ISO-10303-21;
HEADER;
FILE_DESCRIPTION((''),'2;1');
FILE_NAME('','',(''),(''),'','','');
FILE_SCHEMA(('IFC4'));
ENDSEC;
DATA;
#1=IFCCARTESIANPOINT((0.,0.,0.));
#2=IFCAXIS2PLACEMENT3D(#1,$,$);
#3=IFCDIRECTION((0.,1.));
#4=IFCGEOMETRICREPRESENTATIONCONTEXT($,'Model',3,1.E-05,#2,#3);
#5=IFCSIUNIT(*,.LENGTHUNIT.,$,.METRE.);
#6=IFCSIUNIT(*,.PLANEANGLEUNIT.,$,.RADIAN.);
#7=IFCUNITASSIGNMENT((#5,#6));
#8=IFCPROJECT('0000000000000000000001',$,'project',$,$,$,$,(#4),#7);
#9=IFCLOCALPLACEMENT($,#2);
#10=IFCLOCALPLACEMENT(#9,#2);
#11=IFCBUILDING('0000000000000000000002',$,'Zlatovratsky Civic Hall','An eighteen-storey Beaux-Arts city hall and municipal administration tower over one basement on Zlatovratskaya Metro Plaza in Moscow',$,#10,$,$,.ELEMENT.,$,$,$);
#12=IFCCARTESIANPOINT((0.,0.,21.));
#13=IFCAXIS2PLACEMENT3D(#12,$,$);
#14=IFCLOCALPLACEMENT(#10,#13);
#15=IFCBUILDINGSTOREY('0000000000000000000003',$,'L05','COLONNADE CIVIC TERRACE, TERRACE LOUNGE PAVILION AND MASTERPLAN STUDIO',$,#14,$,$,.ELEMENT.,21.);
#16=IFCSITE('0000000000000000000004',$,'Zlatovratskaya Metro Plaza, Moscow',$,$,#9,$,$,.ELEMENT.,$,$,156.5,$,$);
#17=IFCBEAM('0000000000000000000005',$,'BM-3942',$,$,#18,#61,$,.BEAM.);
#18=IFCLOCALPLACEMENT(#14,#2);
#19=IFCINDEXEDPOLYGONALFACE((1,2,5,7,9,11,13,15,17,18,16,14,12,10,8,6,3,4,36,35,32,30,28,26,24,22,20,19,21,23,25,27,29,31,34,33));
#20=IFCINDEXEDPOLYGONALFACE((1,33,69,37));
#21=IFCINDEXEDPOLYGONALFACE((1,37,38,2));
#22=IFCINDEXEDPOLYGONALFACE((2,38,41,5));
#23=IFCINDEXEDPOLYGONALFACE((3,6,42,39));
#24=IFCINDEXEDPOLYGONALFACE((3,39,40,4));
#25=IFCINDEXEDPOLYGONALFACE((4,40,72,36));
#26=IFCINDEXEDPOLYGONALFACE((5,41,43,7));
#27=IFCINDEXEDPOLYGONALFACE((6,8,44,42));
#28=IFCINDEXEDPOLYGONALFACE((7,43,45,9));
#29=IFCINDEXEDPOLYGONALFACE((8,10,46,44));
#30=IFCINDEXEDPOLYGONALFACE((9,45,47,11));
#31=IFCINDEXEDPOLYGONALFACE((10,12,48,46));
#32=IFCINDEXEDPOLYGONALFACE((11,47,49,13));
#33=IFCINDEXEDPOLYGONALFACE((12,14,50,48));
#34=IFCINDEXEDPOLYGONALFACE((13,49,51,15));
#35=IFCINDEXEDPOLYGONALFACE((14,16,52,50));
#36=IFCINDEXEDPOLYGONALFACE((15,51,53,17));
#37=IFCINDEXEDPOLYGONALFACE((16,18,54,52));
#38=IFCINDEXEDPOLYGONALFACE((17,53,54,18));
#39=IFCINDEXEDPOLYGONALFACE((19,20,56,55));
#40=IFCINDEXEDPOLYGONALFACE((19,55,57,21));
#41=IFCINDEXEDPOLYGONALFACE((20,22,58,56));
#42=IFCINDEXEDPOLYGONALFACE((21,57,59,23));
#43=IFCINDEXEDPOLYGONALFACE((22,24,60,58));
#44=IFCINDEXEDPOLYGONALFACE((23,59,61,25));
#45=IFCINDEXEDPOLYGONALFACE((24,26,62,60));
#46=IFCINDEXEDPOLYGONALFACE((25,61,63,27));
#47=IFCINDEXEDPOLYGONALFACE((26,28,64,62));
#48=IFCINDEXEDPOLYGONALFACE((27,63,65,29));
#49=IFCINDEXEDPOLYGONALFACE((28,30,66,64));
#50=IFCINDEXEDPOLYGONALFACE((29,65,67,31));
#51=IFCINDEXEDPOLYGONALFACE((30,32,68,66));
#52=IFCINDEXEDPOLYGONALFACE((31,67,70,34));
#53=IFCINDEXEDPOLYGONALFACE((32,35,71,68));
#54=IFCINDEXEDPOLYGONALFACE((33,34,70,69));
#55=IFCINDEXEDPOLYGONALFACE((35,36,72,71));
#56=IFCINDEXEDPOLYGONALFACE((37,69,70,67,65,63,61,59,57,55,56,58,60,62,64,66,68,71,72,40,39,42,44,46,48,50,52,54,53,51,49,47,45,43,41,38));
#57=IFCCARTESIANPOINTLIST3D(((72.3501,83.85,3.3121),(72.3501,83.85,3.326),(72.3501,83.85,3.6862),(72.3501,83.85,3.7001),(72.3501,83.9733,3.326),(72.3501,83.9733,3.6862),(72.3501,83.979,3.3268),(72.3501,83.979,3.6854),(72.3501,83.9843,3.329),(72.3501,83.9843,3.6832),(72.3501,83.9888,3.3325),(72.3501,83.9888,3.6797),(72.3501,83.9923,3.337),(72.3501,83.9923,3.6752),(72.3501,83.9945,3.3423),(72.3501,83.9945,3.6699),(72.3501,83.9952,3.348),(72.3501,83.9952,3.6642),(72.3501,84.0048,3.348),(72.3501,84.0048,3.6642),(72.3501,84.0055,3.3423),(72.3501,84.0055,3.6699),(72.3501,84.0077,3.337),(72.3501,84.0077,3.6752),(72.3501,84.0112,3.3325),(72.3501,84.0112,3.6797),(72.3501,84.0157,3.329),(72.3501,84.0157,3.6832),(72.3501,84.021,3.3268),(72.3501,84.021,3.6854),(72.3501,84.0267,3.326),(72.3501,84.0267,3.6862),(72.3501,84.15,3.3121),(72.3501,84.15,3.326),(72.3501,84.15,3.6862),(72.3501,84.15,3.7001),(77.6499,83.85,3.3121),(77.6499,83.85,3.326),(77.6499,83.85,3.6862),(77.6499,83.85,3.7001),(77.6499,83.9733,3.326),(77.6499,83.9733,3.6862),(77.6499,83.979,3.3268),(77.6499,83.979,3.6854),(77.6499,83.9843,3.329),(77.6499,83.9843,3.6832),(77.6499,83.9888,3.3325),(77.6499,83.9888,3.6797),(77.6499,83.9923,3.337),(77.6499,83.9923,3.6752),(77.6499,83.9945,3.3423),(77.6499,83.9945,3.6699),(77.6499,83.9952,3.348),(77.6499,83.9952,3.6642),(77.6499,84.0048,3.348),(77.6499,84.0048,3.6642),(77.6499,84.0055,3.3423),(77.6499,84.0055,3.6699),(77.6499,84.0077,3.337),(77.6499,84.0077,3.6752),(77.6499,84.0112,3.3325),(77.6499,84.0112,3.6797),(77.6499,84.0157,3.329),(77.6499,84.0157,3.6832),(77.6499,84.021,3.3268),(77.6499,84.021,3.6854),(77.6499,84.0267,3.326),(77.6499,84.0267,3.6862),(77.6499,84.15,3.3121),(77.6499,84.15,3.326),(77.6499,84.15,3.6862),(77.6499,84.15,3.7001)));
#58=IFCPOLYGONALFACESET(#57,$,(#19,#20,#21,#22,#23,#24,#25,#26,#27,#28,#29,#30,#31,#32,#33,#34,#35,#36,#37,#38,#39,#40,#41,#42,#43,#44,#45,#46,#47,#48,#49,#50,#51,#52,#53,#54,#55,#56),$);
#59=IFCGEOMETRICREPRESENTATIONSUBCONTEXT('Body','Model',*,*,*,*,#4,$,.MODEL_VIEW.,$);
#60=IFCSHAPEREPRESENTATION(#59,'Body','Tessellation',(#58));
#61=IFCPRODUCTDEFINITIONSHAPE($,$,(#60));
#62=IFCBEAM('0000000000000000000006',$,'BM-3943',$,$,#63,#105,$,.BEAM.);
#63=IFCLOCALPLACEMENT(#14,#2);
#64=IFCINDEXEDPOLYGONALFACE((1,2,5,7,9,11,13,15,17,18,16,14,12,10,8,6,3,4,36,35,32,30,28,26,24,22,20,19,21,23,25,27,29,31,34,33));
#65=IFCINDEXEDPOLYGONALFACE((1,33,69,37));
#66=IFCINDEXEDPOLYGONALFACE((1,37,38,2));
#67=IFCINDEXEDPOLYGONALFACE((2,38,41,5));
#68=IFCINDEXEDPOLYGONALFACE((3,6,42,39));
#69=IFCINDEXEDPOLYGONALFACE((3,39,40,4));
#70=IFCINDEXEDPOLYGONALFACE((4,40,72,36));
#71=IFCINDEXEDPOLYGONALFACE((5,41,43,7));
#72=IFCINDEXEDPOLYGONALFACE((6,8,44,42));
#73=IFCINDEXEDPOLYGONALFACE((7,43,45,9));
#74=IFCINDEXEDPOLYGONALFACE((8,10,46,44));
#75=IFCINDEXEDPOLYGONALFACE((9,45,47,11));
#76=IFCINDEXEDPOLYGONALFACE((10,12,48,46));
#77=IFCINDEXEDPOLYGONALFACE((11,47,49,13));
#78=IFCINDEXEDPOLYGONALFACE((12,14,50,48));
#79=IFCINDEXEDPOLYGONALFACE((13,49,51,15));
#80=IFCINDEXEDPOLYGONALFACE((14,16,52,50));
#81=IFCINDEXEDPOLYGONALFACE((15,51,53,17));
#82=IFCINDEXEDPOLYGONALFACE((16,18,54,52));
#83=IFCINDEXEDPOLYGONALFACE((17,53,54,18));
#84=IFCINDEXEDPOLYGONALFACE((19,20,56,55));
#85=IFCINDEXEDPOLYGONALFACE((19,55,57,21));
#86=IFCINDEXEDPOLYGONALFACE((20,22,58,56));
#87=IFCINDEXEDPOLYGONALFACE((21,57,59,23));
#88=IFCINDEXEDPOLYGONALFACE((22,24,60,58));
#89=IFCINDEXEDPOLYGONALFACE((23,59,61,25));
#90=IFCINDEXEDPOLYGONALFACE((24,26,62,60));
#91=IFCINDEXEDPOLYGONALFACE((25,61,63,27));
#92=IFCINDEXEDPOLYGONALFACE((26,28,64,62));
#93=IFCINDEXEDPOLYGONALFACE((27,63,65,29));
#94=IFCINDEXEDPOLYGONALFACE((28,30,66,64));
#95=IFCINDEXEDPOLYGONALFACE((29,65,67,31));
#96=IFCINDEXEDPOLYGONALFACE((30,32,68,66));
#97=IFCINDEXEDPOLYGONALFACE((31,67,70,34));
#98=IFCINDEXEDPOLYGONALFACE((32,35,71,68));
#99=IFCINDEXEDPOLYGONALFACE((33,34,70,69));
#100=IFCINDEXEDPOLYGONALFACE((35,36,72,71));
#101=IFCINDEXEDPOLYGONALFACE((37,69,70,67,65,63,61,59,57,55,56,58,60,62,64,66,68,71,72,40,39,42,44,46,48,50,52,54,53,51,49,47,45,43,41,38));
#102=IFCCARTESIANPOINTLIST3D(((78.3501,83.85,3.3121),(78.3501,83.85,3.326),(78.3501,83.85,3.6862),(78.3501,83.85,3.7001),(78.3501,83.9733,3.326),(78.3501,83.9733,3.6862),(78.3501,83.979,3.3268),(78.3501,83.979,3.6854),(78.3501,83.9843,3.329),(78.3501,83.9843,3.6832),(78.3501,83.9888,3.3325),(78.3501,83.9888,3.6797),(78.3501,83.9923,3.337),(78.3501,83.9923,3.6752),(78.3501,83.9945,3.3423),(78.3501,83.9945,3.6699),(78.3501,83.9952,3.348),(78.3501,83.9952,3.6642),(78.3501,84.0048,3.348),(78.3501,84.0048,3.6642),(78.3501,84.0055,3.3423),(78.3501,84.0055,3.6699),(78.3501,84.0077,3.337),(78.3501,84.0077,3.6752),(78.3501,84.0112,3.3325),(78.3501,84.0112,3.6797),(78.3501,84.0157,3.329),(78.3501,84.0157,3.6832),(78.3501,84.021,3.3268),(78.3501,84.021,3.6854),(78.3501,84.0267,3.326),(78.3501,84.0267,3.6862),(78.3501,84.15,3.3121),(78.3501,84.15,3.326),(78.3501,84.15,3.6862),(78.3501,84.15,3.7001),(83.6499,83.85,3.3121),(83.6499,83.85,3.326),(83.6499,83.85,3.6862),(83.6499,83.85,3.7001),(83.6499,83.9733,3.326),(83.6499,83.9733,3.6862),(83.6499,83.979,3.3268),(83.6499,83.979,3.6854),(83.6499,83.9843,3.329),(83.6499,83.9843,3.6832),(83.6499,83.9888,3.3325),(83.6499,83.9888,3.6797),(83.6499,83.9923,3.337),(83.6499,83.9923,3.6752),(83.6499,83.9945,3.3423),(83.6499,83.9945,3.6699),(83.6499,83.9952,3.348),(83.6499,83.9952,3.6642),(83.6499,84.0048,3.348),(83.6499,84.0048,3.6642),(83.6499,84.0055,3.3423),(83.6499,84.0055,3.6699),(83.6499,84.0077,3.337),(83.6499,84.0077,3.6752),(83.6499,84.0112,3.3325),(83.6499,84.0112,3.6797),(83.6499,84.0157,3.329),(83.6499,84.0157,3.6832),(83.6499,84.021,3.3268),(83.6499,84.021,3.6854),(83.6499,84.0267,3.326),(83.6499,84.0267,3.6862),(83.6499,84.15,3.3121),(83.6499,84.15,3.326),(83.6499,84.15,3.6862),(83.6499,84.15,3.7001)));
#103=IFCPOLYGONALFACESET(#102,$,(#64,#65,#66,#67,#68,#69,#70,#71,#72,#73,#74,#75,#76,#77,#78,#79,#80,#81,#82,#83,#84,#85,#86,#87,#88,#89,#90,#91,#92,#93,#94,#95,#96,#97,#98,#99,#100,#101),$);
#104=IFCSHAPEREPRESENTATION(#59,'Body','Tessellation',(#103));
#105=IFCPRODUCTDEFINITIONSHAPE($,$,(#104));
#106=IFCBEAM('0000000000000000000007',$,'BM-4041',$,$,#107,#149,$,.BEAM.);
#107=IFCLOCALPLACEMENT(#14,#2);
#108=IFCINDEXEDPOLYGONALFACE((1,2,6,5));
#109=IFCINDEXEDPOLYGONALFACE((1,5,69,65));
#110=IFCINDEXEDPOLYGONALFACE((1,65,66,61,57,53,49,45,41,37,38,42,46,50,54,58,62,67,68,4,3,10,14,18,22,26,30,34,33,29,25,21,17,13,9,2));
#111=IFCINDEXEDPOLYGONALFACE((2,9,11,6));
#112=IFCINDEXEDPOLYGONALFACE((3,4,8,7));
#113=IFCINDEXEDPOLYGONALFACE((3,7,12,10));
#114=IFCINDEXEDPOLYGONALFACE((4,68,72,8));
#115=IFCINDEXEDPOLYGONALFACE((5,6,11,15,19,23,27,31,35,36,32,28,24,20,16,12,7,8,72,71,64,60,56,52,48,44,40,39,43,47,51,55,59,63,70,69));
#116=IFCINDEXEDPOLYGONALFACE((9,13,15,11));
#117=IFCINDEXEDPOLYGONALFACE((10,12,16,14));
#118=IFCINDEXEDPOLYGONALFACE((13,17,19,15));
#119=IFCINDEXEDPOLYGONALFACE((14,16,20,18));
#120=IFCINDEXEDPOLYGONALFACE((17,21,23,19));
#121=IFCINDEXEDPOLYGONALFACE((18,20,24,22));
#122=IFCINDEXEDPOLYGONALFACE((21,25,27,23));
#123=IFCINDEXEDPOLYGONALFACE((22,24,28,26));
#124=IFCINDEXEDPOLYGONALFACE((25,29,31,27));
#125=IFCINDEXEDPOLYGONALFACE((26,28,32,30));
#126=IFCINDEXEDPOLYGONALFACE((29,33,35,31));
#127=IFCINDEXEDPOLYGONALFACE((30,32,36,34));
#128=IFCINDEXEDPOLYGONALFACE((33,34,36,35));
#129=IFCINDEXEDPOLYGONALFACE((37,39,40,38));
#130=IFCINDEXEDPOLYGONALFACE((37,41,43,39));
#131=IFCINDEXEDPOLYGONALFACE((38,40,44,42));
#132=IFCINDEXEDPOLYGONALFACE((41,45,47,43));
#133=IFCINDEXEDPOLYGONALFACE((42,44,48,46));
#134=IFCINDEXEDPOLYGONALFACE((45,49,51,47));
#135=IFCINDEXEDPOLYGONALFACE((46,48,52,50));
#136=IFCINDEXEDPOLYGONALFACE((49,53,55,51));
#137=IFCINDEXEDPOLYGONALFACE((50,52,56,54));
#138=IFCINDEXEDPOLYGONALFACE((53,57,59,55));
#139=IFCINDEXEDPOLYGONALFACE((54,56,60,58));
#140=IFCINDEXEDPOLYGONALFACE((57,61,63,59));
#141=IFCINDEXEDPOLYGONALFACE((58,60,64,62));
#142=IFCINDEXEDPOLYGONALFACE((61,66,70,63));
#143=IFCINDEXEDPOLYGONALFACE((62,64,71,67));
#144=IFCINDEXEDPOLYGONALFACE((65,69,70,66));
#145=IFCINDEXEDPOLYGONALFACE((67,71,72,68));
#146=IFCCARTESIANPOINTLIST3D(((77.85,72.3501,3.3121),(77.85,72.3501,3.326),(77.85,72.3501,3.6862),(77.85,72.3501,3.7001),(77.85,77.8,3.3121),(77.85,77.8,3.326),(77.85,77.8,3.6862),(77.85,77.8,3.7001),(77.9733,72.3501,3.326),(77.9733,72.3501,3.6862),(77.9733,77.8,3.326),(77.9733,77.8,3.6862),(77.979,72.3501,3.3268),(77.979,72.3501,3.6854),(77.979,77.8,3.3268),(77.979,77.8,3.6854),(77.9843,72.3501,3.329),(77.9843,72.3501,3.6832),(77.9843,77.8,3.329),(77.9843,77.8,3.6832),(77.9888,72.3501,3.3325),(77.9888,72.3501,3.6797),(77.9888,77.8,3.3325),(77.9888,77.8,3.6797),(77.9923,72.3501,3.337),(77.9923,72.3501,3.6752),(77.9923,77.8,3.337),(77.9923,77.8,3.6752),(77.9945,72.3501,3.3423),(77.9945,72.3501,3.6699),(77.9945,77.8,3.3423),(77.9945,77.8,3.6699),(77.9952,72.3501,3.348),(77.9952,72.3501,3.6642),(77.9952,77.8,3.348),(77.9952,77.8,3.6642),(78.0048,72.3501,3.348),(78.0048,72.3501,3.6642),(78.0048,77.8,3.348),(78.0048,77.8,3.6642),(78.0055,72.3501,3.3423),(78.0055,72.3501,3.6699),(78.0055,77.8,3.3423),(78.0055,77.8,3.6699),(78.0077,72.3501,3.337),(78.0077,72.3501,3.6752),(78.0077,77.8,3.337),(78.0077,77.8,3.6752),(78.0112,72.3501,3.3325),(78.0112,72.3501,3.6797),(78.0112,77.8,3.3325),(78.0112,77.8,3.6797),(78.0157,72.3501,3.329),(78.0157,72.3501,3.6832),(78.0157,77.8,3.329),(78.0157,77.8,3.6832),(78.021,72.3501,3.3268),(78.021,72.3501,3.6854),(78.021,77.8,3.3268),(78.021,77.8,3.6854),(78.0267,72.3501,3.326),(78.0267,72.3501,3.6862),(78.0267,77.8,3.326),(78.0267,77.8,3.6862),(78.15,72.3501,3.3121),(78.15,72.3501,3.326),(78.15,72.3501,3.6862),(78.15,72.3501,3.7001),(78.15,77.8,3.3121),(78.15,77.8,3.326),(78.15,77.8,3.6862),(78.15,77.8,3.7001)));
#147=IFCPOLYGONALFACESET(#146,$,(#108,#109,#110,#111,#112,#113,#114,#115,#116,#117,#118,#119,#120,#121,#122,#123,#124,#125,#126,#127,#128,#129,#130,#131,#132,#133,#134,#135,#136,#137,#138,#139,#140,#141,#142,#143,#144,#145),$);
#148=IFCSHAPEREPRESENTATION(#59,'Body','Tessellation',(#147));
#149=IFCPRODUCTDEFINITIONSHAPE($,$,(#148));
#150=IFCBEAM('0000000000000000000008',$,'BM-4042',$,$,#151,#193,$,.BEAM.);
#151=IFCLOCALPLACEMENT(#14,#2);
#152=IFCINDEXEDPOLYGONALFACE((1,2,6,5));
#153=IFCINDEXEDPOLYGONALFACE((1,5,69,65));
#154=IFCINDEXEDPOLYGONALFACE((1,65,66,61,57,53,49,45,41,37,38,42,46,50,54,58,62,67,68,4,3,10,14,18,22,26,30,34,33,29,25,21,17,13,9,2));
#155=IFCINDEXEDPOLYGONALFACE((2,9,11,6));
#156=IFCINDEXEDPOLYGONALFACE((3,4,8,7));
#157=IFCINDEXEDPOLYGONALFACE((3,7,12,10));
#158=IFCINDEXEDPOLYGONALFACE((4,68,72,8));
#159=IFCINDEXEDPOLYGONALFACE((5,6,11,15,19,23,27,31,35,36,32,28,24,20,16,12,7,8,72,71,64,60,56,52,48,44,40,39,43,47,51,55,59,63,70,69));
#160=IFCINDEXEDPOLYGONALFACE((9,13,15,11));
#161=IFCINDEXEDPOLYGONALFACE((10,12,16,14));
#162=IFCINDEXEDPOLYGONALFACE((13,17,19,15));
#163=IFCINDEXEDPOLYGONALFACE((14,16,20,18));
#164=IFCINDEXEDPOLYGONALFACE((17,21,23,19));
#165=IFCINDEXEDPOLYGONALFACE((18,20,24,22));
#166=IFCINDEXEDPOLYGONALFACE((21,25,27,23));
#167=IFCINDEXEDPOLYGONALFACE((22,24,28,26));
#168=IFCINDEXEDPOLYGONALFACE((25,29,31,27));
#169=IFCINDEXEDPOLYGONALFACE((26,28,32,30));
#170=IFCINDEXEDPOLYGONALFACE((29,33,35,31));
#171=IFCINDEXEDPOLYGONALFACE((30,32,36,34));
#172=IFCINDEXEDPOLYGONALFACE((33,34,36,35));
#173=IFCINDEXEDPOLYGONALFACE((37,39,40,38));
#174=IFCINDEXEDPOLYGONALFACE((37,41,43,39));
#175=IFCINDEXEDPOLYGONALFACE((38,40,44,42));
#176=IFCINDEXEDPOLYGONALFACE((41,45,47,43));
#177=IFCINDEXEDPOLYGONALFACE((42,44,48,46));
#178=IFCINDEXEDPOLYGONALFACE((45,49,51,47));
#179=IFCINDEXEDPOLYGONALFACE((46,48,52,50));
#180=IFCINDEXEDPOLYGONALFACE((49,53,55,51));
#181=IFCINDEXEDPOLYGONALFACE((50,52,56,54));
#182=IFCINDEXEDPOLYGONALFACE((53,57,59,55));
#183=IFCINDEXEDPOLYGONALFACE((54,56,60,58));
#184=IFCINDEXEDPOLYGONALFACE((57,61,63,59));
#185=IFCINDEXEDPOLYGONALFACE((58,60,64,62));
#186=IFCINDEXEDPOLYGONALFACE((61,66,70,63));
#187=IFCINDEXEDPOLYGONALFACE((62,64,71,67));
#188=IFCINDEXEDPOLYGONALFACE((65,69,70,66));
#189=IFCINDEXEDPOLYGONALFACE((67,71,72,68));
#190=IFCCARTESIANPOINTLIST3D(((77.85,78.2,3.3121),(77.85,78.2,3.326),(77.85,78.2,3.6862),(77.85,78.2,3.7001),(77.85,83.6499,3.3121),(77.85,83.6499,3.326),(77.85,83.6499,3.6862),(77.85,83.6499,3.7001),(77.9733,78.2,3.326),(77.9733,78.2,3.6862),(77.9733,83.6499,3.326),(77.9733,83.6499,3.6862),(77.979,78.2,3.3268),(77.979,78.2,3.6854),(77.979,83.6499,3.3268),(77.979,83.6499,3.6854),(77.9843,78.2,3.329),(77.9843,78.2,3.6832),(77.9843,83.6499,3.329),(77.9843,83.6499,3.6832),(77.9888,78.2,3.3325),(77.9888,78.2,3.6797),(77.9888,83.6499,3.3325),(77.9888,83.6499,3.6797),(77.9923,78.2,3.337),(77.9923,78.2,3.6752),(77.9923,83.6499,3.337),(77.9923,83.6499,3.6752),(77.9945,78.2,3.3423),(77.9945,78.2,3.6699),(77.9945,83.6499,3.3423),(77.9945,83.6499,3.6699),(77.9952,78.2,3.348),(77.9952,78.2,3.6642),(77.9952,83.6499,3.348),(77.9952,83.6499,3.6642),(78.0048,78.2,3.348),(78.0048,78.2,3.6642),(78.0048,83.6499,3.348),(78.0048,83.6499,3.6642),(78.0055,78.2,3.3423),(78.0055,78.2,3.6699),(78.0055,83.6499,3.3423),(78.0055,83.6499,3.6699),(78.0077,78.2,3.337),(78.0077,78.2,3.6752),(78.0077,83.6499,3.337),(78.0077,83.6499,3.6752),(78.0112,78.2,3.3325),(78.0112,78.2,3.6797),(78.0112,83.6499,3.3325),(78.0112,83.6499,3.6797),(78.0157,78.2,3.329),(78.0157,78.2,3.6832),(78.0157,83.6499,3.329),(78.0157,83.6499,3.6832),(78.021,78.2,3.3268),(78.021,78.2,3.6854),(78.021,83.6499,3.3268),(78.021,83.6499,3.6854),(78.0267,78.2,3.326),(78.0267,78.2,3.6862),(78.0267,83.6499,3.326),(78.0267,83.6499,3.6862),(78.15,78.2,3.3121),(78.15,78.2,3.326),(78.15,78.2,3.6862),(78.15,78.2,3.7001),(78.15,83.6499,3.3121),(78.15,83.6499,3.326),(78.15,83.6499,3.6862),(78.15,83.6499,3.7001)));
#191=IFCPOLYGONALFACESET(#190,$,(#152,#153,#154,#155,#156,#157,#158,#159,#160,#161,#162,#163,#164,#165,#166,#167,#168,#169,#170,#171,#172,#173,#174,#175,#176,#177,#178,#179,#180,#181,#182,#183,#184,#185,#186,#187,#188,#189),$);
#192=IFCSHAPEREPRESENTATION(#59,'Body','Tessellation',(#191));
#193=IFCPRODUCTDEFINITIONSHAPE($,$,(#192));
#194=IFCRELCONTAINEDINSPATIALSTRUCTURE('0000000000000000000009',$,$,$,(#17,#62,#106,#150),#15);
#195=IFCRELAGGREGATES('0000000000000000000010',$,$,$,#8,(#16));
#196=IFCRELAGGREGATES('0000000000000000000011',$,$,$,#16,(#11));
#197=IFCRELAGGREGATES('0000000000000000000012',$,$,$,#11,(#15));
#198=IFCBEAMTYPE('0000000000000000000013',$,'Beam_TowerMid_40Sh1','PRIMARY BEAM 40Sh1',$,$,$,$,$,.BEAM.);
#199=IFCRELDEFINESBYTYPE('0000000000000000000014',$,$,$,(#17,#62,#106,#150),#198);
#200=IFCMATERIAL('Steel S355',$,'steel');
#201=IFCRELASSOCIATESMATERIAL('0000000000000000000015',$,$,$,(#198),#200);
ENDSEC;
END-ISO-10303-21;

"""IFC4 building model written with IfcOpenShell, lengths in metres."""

from ifc_helpers import new_model, si_unit, direction, frame, origin, origin_2d, place, context, subcontext, project, spatial, i_section, extrude, material, material_profile, profile_set, type_object, element, save


model = new_model("IFC4")

# Units and contexts
model_context = context("Model", 3, precision=1e-05, world=origin(), true_north=direction((0.0, 1.0)))
body_context = subcontext(model_context, "Body", "Model", "MODEL_VIEW")
ifc_project = project(units=[si_unit("LENGTHUNIT", "METRE"), si_unit("PLANEANGLEUNIT", "RADIAN")], contexts=[model_context])

# Site, building, storey
site_placement = place(None, origin())
site = spatial("IfcSite", under=ifc_project, at=site_placement, Name="Zlatovratskaya Metro Plaza, Moscow", CompositionType="ELEMENT", RefElevation=156.5)
building_placement = place(site_placement, origin())
building = spatial("IfcBuilding", under=site, at=building_placement, Name="Zlatovratsky Civic Hall", Description="An eighteen-storey Beaux-Arts city hall and municipal administration tower over one basement on Zlatovratskaya Metro Plaza in Moscow", CompositionType="ELEMENT")
storey_placement = place(building_placement, frame((0.0, 0.0, 21.0)))
storey = spatial("IfcBuildingStorey", under=building, at=storey_placement, Name="L05", Description="COLONNADE CIVIC TERRACE, TERRACE LOUNGE PAVILION AND MASTERPLAN STUDIO", CompositionType="ELEMENT", Elevation=21.0)

# Shared definitions
ifc_material_1 = material(Name="Steel S355", Category="steel")

# Beams
ifc_material_profile_1 = material_profile(ifc_material_1, i_section(OverallWidth=0.3, OverallDepth=0.3879, WebThickness=0.0095, FlangeThickness=0.0139, FilletRadius=0.022, at=origin_2d()), Name="40Sh1")
ifc_profile_set_1 = profile_set([ifc_material_profile_1], Name="Steel S355")
beam_type = type_object("IfcBeamType", Name="Beam_TowerMid_40Sh1", Description="PRIMARY BEAM 40Sh1", PredefinedType="BEAM", material=ifc_profile_set_1)
for number, where, z_axis, x_axis, name in (
    (1, (72.3501, 84.0, 3.5061), (1.0, 0.0, 0.0), (0.0, 1.0, 0.0), "BM-3942"),
    (2, (78.3501, 84.0, 3.5061), (1.0, 0.0, 0.0), (0.0, 1.0, 0.0), "BM-3943"),
):
    element("IfcBeam", number, at=place(storey_placement, frame(where, z_axis=z_axis, x_axis=x_axis)), inside=storey, type_object=beam_type, Name=name, PredefinedType="BEAM", context=body_context, shape_type="SweptSolid", body=[
        extrude(i_section(OverallWidth=0.3, OverallDepth=0.3879, WebThickness=0.0095, FlangeThickness=0.0139, FilletRadius=0.022, at=origin_2d()), origin(), (0.0, 0.0, 1.0), 5.2998),
    ])
for number, where, z_axis, x_axis, name in (
    (3, (78.0, 72.3501, 3.5061), (0.0, 1.0, 0.0), (-1.0, 0.0, 0.0), "BM-4041"),
    (4, (78.0, 78.2, 3.5061), (0.0, 1.0, 0.0), (-1.0, 0.0, 0.0), "BM-4042"),
):
    element("IfcBeam", number, at=place(storey_placement, frame(where, z_axis=z_axis, x_axis=x_axis)), inside=storey, type_object=beam_type, Name=name, PredefinedType="BEAM", context=body_context, shape_type="SweptSolid", body=[
        extrude(i_section(OverallWidth=0.3, OverallDepth=0.3879, WebThickness=0.0095, FlangeThickness=0.0139, FilletRadius=0.022, at=origin_2d()), origin(), (0.0, 0.0, 1.0), 5.45),
    ])

save(model, "model.ifc")
